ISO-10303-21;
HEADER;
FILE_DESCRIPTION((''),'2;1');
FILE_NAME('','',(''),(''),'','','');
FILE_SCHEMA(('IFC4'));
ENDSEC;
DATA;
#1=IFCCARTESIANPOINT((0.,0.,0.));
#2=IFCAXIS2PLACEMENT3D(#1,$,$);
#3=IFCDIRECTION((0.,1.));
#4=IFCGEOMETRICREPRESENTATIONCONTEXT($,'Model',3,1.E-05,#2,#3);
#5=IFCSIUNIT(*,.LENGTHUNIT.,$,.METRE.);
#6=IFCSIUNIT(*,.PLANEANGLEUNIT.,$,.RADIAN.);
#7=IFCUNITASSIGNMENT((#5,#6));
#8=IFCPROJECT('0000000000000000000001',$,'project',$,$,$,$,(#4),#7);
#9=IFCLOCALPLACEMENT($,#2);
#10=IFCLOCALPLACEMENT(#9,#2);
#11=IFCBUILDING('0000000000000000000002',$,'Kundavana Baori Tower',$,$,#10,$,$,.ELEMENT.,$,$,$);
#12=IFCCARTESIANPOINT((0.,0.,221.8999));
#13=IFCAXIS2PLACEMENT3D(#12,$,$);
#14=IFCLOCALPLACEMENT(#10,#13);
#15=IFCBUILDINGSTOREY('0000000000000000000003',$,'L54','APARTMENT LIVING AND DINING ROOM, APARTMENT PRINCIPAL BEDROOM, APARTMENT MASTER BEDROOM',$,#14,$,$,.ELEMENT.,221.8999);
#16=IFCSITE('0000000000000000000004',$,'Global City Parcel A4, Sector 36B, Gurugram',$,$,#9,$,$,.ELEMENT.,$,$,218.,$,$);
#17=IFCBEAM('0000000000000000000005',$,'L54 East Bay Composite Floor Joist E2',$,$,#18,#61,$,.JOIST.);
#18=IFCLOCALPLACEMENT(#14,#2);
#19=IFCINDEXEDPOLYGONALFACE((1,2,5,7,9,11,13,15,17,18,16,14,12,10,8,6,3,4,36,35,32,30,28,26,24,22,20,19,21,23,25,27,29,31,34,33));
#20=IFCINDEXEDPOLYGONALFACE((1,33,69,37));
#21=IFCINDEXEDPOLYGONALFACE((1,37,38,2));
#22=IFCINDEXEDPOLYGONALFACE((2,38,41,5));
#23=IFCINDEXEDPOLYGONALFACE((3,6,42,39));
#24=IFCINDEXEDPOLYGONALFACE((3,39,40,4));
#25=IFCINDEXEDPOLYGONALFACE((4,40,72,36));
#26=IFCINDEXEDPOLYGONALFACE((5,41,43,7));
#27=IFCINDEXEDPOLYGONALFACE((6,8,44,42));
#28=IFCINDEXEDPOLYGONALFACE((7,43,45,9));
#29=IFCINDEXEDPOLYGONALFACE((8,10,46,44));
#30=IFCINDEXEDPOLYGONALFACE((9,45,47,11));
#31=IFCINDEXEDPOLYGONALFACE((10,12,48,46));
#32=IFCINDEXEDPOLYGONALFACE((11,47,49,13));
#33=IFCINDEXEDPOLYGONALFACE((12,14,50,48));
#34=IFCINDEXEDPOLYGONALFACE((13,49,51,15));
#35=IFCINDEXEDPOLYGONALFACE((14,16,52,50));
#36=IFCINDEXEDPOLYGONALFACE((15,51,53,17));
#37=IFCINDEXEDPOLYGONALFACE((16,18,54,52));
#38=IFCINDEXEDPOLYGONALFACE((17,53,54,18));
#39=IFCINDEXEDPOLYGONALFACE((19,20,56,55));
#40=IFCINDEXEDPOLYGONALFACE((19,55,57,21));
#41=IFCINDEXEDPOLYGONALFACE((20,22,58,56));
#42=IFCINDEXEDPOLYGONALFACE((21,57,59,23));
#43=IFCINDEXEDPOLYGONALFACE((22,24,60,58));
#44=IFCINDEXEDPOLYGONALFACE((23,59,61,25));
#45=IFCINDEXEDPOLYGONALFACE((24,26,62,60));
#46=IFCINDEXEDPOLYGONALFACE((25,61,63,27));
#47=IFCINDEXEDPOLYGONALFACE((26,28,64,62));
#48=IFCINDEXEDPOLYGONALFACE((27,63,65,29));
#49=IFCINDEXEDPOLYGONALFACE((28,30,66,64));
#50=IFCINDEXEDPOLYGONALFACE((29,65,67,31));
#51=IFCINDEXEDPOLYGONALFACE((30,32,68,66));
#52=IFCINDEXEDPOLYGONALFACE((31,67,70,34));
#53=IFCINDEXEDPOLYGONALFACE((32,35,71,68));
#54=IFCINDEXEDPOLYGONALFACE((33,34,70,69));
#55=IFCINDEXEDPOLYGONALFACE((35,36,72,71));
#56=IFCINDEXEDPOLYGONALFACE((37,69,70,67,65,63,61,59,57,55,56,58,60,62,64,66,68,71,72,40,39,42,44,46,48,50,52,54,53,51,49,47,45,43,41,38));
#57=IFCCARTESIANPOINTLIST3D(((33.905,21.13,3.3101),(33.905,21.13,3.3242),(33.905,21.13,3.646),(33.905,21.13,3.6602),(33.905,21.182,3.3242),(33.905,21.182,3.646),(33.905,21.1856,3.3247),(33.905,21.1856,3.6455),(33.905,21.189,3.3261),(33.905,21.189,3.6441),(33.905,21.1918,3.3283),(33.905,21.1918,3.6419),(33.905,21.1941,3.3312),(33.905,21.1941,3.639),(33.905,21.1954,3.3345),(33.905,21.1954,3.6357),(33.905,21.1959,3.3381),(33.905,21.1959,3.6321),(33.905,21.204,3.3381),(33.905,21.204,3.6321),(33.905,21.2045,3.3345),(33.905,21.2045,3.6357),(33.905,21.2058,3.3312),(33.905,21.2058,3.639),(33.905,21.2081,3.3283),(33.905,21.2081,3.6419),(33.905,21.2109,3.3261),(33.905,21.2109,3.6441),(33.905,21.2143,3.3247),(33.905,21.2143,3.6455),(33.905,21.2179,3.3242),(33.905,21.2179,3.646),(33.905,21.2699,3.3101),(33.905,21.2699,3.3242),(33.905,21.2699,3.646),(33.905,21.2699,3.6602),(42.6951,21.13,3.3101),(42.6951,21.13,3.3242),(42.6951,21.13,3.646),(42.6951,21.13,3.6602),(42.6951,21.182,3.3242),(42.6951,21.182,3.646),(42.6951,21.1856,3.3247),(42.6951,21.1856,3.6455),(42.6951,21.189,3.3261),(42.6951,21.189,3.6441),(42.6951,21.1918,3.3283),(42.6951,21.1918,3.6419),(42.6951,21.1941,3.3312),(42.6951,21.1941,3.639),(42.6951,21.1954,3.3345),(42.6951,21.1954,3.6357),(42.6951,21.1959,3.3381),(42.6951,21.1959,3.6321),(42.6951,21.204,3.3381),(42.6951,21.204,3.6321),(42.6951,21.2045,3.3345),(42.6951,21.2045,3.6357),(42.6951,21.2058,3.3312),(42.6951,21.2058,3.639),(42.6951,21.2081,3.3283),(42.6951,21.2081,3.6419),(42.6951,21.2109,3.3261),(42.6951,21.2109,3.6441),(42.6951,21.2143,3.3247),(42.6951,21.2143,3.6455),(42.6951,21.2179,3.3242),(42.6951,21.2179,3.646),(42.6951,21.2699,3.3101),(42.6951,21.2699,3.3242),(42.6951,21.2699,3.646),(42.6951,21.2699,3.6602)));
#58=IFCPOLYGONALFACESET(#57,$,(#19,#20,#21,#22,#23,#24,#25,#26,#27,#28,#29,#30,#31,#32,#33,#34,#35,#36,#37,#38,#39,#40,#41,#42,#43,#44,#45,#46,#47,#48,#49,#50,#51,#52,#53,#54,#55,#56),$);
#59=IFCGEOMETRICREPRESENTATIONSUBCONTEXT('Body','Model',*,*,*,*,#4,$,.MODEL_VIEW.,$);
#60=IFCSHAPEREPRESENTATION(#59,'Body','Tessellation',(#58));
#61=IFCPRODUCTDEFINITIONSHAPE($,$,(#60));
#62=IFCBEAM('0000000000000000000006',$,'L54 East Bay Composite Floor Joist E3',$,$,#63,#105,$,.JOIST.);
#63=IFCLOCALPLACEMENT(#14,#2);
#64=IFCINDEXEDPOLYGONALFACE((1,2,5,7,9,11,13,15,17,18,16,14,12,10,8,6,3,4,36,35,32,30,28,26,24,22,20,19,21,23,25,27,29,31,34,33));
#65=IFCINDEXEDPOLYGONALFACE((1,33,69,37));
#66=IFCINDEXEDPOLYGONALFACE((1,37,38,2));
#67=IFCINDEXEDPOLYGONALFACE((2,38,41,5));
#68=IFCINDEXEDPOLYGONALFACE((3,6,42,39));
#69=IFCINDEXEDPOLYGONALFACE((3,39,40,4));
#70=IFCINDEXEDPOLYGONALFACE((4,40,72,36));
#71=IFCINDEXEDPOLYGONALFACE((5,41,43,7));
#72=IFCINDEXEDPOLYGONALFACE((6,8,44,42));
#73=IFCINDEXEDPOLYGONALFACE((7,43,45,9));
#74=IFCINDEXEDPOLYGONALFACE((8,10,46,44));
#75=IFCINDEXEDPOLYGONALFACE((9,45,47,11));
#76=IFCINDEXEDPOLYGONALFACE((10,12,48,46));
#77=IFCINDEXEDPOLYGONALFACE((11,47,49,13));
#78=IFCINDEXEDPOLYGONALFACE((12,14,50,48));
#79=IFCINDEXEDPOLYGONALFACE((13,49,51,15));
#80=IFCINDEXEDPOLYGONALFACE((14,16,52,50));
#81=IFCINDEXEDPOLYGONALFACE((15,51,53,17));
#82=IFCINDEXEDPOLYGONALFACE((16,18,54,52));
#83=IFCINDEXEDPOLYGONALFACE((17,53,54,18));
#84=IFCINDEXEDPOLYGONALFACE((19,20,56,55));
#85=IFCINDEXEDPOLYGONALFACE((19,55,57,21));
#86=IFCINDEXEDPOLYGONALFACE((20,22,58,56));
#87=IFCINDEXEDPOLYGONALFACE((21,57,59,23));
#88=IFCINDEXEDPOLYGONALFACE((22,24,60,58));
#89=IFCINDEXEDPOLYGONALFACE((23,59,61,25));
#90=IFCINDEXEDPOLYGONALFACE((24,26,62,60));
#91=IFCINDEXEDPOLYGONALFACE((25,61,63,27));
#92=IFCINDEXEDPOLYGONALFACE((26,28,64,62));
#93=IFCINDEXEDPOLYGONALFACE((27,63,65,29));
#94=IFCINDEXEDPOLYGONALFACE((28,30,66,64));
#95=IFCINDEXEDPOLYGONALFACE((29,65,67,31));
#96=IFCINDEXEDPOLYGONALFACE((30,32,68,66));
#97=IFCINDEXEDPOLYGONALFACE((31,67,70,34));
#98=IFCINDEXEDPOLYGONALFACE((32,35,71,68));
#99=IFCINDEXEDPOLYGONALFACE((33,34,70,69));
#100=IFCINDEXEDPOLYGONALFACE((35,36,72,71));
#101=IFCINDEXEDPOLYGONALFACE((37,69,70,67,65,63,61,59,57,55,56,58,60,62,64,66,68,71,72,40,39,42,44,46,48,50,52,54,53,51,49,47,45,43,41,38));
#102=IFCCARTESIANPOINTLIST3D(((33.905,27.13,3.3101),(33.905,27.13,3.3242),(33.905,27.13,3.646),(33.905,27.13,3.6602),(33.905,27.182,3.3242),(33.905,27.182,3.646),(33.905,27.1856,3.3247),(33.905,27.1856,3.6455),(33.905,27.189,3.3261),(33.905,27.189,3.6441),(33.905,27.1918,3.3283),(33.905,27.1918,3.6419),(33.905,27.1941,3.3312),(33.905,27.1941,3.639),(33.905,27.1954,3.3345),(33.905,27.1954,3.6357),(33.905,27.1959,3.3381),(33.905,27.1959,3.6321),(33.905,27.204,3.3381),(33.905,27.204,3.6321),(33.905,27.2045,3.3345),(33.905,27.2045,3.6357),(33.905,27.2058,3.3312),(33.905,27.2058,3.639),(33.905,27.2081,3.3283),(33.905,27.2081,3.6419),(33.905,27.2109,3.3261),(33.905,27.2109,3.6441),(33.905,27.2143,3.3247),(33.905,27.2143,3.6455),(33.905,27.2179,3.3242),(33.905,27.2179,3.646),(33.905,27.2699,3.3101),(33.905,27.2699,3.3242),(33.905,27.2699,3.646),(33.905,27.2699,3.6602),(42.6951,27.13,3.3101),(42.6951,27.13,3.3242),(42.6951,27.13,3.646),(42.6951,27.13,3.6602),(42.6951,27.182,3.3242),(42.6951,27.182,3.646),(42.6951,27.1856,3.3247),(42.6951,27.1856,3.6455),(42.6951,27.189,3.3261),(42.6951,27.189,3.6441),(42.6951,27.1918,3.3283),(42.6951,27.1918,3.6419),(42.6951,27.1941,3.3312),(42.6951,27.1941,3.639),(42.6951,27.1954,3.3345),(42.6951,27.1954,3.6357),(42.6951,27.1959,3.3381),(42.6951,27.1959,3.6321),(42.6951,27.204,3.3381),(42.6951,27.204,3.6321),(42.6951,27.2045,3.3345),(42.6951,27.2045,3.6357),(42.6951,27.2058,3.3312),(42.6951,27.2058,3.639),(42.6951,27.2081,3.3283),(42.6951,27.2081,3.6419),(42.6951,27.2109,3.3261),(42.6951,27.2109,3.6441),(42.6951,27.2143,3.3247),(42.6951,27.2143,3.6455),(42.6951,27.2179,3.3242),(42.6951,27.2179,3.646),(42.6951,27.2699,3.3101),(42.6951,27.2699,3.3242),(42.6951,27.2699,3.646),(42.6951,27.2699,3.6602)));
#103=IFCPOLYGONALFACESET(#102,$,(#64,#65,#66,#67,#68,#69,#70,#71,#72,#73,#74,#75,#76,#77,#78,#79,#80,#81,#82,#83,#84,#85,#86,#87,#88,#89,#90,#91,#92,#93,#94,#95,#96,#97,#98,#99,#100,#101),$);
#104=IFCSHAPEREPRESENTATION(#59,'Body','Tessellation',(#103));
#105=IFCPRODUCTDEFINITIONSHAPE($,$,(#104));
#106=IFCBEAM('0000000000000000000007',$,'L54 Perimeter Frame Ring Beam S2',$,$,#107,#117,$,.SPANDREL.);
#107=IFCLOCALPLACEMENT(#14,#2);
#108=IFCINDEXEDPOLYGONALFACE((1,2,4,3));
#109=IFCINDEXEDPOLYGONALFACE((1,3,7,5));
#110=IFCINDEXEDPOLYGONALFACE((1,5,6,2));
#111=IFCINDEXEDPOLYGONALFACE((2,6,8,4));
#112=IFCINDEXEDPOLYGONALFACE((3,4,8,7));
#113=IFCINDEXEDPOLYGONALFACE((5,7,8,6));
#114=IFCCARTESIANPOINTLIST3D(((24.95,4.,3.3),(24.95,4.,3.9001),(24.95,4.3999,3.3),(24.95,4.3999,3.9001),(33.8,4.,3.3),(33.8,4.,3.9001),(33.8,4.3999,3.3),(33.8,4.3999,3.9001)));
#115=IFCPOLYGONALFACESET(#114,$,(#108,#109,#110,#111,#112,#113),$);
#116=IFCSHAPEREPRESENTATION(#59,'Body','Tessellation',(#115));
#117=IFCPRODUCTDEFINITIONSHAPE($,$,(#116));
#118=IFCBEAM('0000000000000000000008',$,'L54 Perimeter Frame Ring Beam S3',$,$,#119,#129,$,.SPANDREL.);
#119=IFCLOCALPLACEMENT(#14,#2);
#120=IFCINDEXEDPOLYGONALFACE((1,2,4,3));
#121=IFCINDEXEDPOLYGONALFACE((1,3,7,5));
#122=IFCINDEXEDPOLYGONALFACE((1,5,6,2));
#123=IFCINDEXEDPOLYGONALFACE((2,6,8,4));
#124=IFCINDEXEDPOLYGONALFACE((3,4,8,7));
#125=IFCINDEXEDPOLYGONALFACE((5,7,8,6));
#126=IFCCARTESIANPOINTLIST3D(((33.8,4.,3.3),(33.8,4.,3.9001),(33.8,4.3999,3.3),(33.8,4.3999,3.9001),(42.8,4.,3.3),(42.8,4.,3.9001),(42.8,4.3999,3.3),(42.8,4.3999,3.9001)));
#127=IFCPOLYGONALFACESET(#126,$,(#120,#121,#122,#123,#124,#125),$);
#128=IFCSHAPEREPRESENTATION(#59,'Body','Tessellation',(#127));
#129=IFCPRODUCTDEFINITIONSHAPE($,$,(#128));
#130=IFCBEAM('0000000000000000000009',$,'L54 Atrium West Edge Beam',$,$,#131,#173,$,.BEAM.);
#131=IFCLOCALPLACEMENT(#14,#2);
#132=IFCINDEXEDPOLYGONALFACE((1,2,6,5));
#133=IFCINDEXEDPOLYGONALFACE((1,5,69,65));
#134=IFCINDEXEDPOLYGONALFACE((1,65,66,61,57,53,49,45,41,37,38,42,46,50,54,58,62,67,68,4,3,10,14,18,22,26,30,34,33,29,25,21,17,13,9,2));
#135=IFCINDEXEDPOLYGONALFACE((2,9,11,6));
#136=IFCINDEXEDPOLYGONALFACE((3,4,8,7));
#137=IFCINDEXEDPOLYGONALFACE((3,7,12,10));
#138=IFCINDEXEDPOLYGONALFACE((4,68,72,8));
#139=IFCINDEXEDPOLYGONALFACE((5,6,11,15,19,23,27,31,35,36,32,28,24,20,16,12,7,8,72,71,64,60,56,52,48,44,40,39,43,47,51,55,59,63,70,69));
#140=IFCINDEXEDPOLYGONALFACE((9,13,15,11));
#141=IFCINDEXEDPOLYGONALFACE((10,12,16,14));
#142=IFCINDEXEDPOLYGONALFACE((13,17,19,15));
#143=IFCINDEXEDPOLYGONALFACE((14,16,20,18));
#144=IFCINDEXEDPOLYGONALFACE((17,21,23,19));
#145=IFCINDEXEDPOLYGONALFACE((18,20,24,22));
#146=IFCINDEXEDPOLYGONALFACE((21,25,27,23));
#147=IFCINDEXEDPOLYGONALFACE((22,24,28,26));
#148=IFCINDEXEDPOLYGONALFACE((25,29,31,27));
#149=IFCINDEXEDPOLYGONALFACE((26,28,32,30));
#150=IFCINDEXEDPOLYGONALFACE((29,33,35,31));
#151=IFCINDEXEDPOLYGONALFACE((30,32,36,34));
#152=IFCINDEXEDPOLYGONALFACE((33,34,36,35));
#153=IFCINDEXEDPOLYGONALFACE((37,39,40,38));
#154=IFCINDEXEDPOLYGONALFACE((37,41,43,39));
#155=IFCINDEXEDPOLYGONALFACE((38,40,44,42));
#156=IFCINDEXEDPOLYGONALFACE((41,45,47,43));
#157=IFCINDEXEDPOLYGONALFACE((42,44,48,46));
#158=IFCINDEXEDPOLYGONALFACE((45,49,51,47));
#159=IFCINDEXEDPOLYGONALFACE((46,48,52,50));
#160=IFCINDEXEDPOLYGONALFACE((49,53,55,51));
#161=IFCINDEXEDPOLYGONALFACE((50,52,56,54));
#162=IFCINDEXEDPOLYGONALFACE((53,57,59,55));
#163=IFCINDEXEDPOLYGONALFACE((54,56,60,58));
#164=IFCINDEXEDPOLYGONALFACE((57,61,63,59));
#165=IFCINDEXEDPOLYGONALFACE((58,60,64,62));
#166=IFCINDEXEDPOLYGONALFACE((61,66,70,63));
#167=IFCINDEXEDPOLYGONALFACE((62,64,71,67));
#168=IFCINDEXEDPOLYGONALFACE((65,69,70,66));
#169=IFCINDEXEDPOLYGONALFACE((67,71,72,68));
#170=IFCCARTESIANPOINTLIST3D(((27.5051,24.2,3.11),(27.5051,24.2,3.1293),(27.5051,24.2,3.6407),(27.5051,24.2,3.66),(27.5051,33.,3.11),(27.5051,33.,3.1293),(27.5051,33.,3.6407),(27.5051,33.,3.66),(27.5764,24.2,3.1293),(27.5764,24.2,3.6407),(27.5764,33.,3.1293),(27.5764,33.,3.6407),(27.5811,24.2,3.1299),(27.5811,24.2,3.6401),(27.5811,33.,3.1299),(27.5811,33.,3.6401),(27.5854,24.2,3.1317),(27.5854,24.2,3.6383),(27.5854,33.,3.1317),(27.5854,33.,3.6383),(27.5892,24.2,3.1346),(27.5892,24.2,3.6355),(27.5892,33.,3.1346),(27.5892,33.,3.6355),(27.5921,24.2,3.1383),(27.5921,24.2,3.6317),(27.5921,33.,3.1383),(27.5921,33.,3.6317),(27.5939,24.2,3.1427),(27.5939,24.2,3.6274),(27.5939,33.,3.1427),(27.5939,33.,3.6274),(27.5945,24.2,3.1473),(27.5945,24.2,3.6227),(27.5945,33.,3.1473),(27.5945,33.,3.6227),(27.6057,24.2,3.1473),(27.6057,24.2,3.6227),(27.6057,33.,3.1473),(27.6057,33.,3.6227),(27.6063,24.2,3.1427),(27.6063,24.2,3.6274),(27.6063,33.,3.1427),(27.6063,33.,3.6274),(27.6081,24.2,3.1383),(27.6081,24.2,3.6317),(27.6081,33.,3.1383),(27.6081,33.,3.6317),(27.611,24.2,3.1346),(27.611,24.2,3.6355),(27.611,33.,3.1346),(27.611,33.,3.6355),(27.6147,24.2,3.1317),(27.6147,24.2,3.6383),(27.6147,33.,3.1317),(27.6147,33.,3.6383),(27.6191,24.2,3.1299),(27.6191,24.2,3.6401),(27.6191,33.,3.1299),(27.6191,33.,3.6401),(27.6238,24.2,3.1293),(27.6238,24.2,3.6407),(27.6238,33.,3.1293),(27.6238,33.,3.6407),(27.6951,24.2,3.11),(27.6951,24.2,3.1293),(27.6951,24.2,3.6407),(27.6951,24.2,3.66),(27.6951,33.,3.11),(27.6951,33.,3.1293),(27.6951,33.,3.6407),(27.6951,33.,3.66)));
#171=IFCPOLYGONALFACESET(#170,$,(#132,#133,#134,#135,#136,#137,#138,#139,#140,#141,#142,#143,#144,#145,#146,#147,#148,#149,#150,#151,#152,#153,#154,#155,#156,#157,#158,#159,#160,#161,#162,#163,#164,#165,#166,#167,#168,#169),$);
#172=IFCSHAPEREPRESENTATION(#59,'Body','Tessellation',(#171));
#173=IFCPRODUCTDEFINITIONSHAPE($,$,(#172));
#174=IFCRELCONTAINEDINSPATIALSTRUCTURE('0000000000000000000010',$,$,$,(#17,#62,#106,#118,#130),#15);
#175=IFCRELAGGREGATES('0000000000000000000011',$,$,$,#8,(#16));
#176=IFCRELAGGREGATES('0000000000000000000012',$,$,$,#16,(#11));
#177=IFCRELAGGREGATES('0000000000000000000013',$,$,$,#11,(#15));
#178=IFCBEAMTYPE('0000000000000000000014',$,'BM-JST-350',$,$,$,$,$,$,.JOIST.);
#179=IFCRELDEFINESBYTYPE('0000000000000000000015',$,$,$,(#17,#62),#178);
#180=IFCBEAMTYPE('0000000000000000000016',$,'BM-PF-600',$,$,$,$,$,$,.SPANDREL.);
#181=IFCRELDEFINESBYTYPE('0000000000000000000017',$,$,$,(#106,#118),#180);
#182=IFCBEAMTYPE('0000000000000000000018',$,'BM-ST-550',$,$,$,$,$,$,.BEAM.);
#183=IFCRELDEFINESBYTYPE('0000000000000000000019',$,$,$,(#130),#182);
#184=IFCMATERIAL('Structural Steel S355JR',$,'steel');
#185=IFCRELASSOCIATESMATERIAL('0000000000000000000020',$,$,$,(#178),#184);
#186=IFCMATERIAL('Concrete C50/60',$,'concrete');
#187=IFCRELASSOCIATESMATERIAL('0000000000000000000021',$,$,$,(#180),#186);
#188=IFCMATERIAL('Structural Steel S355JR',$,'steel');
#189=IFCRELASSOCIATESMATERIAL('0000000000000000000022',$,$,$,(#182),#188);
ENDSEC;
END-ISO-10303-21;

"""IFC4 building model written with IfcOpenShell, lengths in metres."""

from ifc_helpers import new_model, si_unit, direction, frame, origin, origin_2d, place, context, subcontext, project, spatial, rectangle, i_section, extrude, material, material_profile, profile_set, type_object, element, save


model = new_model("IFC4")

# Units and contexts
model_context = context("Model", 3, precision=1e-05, world=origin(), true_north=direction((0.0, 1.0)))
body_context = subcontext(model_context, "Body", "Model", "MODEL_VIEW")
ifc_project = project(units=[si_unit("LENGTHUNIT", "METRE"), si_unit("PLANEANGLEUNIT", "RADIAN")], contexts=[model_context])

# Site, building, storey
site_placement = place(None, origin())
site = spatial("IfcSite", under=ifc_project, at=site_placement, Name="Global City Parcel A4, Sector 36B, Gurugram", CompositionType="ELEMENT", RefElevation=218.0)
building_placement = place(site_placement, origin())
building = spatial("IfcBuilding", under=site, at=building_placement, Name="Kundavana Baori Tower", CompositionType="ELEMENT")
storey_placement = place(building_placement, frame((0.0, 0.0, 221.8999)))
storey = spatial("IfcBuildingStorey", under=building, at=storey_placement, Name="L54", Description="APARTMENT LIVING AND DINING ROOM, APARTMENT PRINCIPAL BEDROOM, APARTMENT MASTER BEDROOM", CompositionType="ELEMENT", Elevation=221.8999)

# Beams
ifc_material_1 = material(Name="Structural Steel S355JR", Category="steel")
ifc_material_profile_1 = material_profile(ifc_material_1, i_section(OverallWidth=0.1399, OverallDepth=0.3501, WebThickness=0.0081, FlangeThickness=0.0142, FilletRadius=0.0139, at=origin_2d()), Name="ISMB 350")
ifc_profile_set_1 = profile_set([ifc_material_profile_1], Name="Structural Steel S355JR")
beam_type_1 = type_object("IfcBeamType", Name="BM-JST-350", PredefinedType="JOIST", material=ifc_profile_set_1)
for number, where, z_axis, x_axis, name in (
    (1, (33.905, 21.2, 3.4851), (1.0, 0.0, 0.0), (0.0, 1.0, 0.0), "L54 East Bay Composite Floor Joist E2"),
    (2, (33.905, 27.2, 3.4851), (1.0, 0.0, 0.0), (0.0, 1.0, 0.0), "L54 East Bay Composite Floor Joist E3"),
):
    element("IfcBeam", number, at=place(storey_placement, frame(where, z_axis=z_axis, x_axis=x_axis)), inside=storey, type_object=beam_type_1, Name=name, PredefinedType="JOIST", context=body_context, shape_type="SweptSolid", body=[
        extrude(i_section(OverallWidth=0.1399, OverallDepth=0.3501, WebThickness=0.0081, FlangeThickness=0.0142, FilletRadius=0.0139, at=origin_2d()), origin(), (0.0, 0.0, 1.0), 8.79),
    ])
ifc_material_2 = material(Name="Concrete C50/60", Category="concrete")
ifc_material_profile_2 = material_profile(ifc_material_2, rectangle(XDim=0.3999, YDim=0.6001, at=origin_2d()), Name="RC BM 400x600")
ifc_profile_set_2 = profile_set([ifc_material_profile_2], Name="Concrete C50/60")
beam_type_2 = type_object("IfcBeamType", Name="BM-PF-600", PredefinedType="SPANDREL", material=ifc_profile_set_2)
beam_1_placement = place(storey_placement, frame((24.95, 4.2, 3.6001), z_axis=(1.0, 0.0, 0.0), x_axis=(0.0, 1.0, 0.0)))
element("IfcBeam", 3, at=beam_1_placement, inside=storey, type_object=beam_type_2, Name="L54 Perimeter Frame Ring Beam S2", PredefinedType="SPANDREL", context=body_context, shape_type="SweptSolid", body=[
    extrude(rectangle(XDim=0.3999, YDim=0.6001, at=origin_2d()), origin(), (0.0, 0.0, 1.0), 8.8501),
])
beam_2_placement = place(storey_placement, frame((33.8, 4.2, 3.6001), z_axis=(1.0, 0.0, 0.0), x_axis=(0.0, 1.0, 0.0)))
element("IfcBeam", 4, at=beam_2_placement, inside=storey, type_object=beam_type_2, Name="L54 Perimeter Frame Ring Beam S3", PredefinedType="SPANDREL", context=body_context, shape_type="SweptSolid", body=[
    extrude(rectangle(XDim=0.3999, YDim=0.6001, at=origin_2d()), origin(), (0.0, 0.0, 1.0), 9.0),
])
ifc_material_3 = material(Name="Structural Steel S355JR", Category="steel")
ifc_material_profile_3 = material_profile(ifc_material_3, i_section(OverallWidth=0.1899, OverallDepth=0.55, WebThickness=0.0112, FlangeThickness=0.0193, FilletRadius=0.0181, at=origin_2d()), Name="ISMB 550")
ifc_profile_set_3 = profile_set([ifc_material_profile_3], Name="Structural Steel S355JR")
beam_type_3 = type_object("IfcBeamType", Name="BM-ST-550", PredefinedType="BEAM", material=ifc_profile_set_3)
for number, where, z_axis, x_axis, name in (
    (5, (27.6001, 24.2, 3.385), (0.0, 1.0, 0.0), (-1.0, 0.0, 0.0), "L54 Atrium West Edge Beam"),
):
    element("IfcBeam", number, at=place(storey_placement, frame(where, z_axis=z_axis, x_axis=x_axis)), inside=storey, type_object=beam_type_3, Name=name, PredefinedType="BEAM", context=body_context, shape_type="SweptSolid", body=[
        extrude(i_section(OverallWidth=0.1899, OverallDepth=0.55, WebThickness=0.0112, FlangeThickness=0.0193, FilletRadius=0.0181, at=origin_2d()), origin(), (0.0, 0.0, 1.0), 8.8),
    ])

save(model, "model.ifc")
